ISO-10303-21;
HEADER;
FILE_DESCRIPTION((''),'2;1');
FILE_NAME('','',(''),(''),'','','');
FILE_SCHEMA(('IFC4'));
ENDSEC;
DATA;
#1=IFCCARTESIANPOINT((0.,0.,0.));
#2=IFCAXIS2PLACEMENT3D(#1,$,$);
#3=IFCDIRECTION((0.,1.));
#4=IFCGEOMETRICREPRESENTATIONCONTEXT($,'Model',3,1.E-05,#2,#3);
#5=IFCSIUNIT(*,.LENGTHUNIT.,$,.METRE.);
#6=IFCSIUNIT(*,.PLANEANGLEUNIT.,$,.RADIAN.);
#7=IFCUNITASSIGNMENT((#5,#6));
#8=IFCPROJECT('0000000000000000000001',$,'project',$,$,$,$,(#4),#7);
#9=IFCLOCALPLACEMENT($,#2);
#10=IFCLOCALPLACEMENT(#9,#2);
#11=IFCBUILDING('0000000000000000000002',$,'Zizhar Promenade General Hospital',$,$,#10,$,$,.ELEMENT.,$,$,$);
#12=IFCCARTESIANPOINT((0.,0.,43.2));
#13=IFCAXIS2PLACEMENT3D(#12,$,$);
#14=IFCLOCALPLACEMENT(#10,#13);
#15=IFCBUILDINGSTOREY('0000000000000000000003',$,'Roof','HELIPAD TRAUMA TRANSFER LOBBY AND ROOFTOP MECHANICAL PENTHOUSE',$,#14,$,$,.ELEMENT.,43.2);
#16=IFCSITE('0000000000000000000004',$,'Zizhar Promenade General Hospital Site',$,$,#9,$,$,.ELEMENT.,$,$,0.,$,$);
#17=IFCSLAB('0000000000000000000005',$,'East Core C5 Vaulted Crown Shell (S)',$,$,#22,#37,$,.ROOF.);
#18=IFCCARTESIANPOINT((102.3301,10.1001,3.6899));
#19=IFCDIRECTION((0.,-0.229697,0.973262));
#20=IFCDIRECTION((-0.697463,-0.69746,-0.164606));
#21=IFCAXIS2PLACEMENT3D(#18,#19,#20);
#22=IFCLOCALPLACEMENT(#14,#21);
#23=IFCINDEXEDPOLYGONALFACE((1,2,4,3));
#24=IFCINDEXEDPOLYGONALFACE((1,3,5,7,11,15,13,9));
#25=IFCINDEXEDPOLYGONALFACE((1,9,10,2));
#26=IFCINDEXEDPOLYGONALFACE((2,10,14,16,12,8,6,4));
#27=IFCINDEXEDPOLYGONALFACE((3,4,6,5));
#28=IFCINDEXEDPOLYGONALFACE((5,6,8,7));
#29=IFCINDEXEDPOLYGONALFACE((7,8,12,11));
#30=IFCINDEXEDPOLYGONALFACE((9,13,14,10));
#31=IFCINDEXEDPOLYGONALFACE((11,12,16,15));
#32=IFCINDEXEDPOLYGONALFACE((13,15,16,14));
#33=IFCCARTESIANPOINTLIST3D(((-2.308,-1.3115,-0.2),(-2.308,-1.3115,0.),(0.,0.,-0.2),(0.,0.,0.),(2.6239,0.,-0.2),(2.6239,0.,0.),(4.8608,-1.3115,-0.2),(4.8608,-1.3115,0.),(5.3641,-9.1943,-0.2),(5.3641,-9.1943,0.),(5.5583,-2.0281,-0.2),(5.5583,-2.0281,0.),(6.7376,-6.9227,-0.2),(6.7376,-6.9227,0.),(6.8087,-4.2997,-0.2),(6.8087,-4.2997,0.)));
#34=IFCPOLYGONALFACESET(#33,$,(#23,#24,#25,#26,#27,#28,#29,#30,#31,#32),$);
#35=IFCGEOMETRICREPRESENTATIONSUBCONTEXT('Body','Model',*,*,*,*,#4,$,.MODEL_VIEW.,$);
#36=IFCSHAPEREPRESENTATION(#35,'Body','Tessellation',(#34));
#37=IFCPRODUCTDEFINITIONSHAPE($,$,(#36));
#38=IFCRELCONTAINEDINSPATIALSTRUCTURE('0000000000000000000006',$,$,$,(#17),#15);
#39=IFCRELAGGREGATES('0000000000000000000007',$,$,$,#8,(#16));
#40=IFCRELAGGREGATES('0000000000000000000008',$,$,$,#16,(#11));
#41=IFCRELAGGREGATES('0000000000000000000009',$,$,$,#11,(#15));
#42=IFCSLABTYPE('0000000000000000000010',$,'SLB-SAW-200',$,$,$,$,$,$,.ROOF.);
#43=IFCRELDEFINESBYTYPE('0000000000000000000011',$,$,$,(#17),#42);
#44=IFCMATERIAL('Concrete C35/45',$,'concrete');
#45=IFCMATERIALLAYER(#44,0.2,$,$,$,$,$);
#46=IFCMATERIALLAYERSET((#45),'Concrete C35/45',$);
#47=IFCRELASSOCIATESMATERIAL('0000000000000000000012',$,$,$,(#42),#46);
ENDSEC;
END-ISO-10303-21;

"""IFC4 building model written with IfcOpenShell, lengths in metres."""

from ifc_helpers import new_model, si_unit, direction, frame, origin, place, context, subcontext, project, spatial, polyline, outline, extrude, material, layer, layer_set, type_object, element, save


model = new_model("IFC4")

# Units and contexts
model_context = context("Model", 3, precision=1e-05, world=origin(), true_north=direction((0.0, 1.0)))
body_context = subcontext(model_context, "Body", "Model", "MODEL_VIEW")
ifc_project = project(units=[si_unit("LENGTHUNIT", "METRE"), si_unit("PLANEANGLEUNIT", "RADIAN")], contexts=[model_context])

# Site, building, storey
site_placement = place(None, origin())
site = spatial("IfcSite", under=ifc_project, at=site_placement, Name="Zizhar Promenade General Hospital Site", CompositionType="ELEMENT", RefElevation=0.0)
building_placement = place(site_placement, origin())
building = spatial("IfcBuilding", under=site, at=building_placement, Name="Zizhar Promenade General Hospital", CompositionType="ELEMENT")
storey_placement = place(building_placement, frame((0.0, 0.0, 43.2)))
storey = spatial("IfcBuildingStorey", under=building, at=storey_placement, Name="Roof", Description="HELIPAD TRAUMA TRANSFER LOBBY AND ROOFTOP MECHANICAL PENTHOUSE", CompositionType="ELEMENT", Elevation=43.2)

# Slab
ifc_material_1 = material(Name="Concrete C35/45", Category="concrete")
ifc_layer_1 = layer(ifc_material_1, 0.2)
ifc_layer_set_1 = layer_set([ifc_layer_1], Name="Concrete C35/45")
slab_type = type_object("IfcSlabType", Name="SLB-SAW-200", PredefinedType="ROOF", material=ifc_layer_set_1)
slab_placement = place(storey_placement, frame((102.3301, 10.1001, 3.6899), z_axis=(0.0, -0.229697, 0.973262), x_axis=(-0.697463, -0.69746, -0.164606)))
element("IfcSlab", 1, at=slab_placement, inside=storey, type_object=slab_type, Name="East Core C5 Vaulted Crown Shell (S)", PredefinedType="ROOF", context=body_context, shape_type="SweptSolid", body=[
    extrude(outline(polyline([(0.0, 0.0), (2.6239, 0.0), (4.8608, -1.3115), (5.5583, -2.0281), (6.8087, -4.2997), (6.7376, -6.9227), (5.3641, -9.1943), (-2.308, -1.3115), (0.0, 0.0)])), origin(), (0.0, 0.0, -1.0), 0.2),
])

save(model, "model.ifc")
